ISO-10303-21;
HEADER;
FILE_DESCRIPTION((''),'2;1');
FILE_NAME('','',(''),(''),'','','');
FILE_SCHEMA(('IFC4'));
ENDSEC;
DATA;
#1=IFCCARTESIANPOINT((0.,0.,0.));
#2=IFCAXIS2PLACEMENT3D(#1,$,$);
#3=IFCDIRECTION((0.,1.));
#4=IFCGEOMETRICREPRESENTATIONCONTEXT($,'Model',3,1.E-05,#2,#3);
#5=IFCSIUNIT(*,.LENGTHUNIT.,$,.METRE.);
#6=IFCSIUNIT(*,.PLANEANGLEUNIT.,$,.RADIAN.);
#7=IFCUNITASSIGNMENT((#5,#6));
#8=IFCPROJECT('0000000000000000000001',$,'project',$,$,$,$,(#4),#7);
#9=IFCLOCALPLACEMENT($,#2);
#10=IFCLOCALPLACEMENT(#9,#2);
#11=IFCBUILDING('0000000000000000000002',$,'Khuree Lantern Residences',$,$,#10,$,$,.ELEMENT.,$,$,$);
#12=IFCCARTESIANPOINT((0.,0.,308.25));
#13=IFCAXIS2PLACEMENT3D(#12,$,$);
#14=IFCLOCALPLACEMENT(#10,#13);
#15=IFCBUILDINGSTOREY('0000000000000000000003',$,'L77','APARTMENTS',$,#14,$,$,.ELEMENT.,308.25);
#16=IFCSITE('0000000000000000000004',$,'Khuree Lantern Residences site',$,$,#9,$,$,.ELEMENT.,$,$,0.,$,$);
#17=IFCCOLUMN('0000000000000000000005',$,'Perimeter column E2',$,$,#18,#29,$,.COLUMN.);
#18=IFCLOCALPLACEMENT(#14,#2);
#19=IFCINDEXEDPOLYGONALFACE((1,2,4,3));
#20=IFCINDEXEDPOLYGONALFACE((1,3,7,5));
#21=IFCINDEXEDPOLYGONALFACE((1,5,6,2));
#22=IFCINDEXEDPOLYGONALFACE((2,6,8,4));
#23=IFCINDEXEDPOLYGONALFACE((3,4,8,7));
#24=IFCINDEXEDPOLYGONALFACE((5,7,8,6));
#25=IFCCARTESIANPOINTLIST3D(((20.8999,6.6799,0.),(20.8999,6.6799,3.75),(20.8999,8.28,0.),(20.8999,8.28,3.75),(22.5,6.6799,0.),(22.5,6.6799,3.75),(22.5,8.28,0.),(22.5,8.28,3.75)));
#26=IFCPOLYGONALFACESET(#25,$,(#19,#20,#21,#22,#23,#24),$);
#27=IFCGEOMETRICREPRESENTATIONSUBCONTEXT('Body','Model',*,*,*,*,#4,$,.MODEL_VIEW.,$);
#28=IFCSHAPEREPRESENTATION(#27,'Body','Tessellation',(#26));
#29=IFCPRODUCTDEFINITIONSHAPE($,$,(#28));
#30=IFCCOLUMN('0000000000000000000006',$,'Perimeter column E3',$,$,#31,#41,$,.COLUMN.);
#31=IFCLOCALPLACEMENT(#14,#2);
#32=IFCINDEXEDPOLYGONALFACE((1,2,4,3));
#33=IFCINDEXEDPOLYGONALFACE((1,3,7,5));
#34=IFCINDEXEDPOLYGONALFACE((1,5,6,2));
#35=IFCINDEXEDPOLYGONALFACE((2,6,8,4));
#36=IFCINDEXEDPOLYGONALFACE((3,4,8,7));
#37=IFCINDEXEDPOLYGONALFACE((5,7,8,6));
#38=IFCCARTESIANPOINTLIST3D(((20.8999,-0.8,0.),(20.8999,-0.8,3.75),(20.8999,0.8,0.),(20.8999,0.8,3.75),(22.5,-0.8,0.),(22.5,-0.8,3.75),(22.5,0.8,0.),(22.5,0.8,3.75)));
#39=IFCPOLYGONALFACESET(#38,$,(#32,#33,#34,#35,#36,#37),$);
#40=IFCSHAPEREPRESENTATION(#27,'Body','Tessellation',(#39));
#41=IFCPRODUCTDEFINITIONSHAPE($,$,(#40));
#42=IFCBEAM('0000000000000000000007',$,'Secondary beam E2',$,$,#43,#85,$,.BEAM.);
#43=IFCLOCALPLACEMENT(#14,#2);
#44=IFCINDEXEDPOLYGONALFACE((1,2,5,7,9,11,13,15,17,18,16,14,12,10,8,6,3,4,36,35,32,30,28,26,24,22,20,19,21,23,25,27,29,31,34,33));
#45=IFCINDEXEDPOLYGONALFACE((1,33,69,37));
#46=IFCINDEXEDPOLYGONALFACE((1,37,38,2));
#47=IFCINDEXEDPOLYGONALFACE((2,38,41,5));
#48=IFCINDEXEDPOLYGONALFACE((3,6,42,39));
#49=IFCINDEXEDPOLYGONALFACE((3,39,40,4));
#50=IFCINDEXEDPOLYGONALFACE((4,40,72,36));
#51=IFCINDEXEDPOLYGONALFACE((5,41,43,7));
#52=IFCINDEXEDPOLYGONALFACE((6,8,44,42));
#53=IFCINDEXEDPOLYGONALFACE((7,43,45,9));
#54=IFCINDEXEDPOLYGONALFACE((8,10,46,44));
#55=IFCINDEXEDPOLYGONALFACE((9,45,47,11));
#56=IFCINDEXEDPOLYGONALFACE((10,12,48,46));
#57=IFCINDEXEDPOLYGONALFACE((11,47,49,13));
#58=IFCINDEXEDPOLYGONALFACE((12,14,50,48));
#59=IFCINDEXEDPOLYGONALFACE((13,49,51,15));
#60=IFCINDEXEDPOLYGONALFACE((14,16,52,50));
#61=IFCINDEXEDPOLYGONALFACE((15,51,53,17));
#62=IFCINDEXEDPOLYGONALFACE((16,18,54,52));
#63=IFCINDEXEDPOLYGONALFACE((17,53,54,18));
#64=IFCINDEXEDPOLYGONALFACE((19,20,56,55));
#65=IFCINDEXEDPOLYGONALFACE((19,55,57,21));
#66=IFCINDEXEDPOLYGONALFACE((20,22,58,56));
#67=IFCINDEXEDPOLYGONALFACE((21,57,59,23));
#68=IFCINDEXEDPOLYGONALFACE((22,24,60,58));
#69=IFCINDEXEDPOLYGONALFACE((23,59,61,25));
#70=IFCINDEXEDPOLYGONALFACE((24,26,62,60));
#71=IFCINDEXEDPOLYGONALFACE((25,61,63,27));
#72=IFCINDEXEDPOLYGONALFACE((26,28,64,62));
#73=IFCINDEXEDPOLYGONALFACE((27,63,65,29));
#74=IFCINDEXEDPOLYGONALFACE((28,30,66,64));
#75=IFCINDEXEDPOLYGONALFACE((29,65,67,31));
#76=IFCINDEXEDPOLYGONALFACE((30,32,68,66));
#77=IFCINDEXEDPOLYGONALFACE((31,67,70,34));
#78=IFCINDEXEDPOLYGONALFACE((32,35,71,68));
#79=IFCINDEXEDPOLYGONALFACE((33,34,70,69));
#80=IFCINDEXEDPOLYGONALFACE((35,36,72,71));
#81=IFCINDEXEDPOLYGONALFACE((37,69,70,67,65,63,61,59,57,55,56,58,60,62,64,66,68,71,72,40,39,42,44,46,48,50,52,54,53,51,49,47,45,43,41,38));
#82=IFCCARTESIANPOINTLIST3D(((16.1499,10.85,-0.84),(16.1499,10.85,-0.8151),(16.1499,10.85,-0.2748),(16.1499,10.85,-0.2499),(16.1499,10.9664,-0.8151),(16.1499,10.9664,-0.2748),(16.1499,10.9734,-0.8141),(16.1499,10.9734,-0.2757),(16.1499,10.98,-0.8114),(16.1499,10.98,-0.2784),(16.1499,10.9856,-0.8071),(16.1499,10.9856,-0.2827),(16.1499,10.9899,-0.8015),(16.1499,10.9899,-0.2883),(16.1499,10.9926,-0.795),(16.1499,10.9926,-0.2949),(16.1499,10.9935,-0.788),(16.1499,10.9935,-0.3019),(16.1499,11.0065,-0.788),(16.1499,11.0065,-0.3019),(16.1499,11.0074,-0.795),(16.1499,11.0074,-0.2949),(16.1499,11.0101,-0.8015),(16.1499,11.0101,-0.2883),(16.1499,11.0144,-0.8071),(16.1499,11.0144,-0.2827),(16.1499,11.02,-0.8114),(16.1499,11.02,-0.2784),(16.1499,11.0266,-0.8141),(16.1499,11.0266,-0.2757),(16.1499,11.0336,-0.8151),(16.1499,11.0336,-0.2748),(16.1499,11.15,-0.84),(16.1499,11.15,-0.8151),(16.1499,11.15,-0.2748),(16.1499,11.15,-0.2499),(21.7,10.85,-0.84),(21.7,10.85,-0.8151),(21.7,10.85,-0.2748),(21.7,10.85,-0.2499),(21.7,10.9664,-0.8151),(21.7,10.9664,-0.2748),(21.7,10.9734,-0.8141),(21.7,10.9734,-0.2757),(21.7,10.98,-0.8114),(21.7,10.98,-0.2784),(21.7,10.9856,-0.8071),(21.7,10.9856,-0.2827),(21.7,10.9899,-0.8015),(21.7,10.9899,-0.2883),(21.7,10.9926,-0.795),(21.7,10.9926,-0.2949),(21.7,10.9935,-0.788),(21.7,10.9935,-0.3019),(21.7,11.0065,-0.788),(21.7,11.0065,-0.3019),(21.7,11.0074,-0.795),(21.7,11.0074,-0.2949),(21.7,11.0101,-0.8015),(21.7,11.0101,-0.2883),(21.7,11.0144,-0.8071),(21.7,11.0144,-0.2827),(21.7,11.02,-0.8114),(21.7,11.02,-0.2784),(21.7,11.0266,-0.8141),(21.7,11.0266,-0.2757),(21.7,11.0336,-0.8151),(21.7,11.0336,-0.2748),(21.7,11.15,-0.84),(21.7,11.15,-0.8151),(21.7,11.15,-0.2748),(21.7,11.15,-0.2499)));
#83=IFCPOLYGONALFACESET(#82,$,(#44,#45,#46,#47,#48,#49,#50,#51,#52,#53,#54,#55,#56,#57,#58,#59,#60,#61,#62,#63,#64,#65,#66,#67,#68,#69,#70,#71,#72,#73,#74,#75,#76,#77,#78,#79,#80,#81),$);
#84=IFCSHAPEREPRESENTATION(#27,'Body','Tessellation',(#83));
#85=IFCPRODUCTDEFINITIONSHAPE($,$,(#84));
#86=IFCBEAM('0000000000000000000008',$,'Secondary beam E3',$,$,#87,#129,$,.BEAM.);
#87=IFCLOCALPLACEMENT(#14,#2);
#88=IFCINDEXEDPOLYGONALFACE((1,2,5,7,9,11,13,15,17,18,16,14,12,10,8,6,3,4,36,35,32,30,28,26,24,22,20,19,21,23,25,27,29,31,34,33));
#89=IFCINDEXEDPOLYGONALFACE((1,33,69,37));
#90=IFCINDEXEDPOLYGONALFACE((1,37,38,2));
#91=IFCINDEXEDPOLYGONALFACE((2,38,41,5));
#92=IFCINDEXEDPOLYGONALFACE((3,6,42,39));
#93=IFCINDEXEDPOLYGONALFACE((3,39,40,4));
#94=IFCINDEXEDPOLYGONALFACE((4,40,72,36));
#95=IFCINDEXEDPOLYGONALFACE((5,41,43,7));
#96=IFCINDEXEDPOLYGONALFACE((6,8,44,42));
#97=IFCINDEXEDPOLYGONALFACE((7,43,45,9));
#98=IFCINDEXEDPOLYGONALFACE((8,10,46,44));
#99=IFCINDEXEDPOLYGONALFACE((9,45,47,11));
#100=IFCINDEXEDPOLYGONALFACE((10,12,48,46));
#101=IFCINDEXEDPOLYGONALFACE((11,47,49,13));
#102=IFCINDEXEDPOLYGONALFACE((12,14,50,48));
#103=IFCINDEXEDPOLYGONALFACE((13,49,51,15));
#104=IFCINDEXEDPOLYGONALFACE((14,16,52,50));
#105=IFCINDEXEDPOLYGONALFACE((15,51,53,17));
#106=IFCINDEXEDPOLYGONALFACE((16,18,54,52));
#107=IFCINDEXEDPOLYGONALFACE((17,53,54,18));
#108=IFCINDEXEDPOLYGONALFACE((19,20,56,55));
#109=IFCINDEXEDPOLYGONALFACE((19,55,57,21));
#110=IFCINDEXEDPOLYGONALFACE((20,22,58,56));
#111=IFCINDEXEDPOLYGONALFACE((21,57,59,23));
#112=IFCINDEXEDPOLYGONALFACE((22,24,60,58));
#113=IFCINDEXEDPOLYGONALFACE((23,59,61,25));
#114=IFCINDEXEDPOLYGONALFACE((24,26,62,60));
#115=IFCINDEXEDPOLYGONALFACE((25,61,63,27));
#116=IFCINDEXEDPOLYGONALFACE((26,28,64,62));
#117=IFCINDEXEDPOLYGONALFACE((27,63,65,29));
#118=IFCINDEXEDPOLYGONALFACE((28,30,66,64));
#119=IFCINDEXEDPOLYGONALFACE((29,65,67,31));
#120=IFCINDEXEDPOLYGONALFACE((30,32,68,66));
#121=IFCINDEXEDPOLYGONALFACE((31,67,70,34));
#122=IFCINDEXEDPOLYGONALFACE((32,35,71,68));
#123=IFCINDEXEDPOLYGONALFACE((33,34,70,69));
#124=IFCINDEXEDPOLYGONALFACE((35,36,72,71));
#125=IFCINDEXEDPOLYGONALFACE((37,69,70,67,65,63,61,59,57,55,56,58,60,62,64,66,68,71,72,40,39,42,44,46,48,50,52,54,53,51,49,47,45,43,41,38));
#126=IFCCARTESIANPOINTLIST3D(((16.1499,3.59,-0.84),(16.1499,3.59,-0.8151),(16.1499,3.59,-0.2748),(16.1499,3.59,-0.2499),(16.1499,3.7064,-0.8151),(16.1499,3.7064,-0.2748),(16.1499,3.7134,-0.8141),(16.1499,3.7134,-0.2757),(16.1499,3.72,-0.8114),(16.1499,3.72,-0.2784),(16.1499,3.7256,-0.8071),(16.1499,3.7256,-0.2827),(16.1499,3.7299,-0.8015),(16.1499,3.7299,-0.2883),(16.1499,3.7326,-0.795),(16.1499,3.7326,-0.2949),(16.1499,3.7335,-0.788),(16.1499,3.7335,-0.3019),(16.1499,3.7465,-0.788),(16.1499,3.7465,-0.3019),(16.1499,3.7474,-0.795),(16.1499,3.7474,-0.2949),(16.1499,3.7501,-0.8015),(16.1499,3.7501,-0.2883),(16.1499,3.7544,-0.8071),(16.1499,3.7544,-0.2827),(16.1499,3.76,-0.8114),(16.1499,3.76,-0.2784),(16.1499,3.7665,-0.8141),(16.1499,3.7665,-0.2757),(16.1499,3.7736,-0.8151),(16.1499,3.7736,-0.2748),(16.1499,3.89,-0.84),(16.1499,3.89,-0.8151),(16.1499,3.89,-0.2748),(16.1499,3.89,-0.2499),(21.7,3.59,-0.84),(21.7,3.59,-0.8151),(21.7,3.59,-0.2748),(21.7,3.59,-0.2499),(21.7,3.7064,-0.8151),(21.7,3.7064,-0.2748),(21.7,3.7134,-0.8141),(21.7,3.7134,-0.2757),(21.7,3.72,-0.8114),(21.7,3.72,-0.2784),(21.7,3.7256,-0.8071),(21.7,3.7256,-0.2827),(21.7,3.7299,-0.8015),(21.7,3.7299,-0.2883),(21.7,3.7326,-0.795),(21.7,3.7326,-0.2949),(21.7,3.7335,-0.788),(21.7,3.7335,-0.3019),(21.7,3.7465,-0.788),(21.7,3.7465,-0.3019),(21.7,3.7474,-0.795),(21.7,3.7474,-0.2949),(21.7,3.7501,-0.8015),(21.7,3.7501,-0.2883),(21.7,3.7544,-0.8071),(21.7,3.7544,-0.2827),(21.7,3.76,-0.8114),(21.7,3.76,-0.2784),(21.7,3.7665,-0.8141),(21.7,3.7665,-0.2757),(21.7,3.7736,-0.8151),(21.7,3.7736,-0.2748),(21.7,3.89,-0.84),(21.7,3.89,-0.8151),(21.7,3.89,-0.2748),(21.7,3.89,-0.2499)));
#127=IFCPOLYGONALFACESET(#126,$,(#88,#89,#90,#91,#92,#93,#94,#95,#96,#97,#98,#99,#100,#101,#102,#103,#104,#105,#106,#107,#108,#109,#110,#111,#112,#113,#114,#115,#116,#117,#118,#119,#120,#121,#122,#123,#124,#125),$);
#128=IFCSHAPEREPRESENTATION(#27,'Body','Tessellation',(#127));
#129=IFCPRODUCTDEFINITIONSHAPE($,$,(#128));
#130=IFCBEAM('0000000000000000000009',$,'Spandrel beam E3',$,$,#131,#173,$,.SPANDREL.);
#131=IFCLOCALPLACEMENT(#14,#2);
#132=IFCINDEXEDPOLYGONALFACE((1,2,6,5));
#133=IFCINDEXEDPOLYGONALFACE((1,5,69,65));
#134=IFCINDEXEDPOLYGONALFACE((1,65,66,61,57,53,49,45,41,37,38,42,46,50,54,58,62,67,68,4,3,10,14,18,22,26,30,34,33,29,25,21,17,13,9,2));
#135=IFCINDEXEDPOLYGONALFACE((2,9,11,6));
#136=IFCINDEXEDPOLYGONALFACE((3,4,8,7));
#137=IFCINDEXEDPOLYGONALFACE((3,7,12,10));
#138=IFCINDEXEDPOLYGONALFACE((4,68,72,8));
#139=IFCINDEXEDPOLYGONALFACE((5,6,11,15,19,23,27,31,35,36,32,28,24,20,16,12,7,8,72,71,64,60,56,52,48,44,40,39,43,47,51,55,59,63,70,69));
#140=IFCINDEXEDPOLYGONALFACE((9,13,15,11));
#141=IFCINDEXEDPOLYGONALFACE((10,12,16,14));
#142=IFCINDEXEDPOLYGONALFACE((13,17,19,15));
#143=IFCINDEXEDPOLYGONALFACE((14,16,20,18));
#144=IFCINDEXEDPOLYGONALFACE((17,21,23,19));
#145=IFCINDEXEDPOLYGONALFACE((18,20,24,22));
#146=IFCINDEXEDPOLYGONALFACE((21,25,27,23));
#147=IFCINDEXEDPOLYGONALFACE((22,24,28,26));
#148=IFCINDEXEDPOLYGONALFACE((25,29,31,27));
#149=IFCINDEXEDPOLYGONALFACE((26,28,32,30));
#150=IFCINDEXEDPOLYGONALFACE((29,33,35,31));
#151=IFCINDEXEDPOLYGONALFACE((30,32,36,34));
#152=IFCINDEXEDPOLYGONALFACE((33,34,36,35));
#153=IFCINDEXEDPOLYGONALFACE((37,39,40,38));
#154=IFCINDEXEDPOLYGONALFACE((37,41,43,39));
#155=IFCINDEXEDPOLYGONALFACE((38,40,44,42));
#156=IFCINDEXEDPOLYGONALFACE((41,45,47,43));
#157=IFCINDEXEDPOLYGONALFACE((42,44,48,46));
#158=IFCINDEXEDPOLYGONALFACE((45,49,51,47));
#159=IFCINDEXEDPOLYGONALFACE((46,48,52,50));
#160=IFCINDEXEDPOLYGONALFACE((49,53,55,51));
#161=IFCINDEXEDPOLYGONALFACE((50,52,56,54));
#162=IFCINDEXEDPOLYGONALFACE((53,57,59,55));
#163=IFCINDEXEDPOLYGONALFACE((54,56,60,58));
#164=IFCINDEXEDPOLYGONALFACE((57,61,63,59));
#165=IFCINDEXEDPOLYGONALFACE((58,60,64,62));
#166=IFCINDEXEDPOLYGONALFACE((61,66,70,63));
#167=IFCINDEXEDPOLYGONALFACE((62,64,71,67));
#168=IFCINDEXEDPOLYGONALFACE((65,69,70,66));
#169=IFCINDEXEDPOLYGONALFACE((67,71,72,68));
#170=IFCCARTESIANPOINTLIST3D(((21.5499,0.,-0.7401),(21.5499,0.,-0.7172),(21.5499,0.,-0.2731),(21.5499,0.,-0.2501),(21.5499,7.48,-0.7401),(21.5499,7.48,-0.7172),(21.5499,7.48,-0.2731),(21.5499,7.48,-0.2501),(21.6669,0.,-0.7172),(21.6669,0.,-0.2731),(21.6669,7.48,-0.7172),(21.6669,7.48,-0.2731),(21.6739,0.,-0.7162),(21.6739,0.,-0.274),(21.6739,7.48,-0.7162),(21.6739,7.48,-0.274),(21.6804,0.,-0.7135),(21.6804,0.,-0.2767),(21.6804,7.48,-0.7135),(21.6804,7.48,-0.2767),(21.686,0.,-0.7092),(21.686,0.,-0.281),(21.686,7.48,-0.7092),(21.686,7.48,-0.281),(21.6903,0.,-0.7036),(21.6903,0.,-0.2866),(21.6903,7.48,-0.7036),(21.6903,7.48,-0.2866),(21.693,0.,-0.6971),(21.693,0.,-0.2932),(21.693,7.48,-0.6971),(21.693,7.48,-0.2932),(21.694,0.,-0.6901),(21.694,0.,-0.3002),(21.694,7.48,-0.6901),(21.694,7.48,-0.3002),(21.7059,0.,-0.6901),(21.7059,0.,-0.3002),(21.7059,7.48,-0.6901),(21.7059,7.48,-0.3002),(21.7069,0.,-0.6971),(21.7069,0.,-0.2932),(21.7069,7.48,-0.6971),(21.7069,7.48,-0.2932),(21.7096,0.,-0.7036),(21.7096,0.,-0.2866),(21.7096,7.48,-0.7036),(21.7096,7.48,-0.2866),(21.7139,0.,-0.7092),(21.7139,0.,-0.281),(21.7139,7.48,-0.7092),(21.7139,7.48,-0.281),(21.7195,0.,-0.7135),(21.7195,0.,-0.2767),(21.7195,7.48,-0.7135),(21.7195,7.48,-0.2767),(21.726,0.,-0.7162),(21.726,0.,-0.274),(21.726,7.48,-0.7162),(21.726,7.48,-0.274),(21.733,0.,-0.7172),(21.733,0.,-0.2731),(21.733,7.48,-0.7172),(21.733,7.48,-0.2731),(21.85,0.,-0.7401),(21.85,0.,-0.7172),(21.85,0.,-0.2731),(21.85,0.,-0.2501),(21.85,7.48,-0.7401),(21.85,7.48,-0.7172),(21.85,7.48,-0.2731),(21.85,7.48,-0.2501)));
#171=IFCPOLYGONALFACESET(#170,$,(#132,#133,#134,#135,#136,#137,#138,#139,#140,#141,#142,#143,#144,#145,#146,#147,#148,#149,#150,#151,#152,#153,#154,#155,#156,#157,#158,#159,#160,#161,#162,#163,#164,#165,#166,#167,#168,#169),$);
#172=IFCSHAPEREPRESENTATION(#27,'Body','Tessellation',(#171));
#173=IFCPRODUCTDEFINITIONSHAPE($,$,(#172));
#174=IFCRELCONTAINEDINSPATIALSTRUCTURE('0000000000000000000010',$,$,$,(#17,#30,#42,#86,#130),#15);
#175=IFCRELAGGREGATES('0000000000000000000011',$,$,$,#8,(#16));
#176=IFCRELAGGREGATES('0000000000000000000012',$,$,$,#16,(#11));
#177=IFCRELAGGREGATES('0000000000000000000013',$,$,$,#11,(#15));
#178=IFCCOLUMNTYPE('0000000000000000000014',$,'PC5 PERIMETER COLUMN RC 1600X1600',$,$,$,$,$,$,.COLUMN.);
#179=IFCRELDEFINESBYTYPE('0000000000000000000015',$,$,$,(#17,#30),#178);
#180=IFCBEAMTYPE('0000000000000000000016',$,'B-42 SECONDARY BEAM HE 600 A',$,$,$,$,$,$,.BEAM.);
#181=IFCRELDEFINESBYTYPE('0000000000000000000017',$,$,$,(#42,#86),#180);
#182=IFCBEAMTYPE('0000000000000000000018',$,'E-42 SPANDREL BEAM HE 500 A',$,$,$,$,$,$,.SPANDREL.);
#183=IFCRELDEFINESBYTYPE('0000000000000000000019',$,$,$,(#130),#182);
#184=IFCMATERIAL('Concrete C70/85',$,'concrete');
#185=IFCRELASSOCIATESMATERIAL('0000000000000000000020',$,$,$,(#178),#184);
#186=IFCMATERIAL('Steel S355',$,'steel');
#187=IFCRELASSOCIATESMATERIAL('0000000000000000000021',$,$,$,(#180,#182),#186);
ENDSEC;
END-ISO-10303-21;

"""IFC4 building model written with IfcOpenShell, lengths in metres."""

from ifc_helpers import new_model, si_unit, direction, frame, origin, origin_2d, place, context, subcontext, project, spatial, rectangle, i_section, extrude, material, material_profile, profile_set, type_object, element, save


model = new_model("IFC4")

# Units and contexts
model_context = context("Model", 3, precision=1e-05, world=origin(), true_north=direction((0.0, 1.0)))
body_context = subcontext(model_context, "Body", "Model", "MODEL_VIEW")
ifc_project = project(units=[si_unit("LENGTHUNIT", "METRE"), si_unit("PLANEANGLEUNIT", "RADIAN")], contexts=[model_context])

# Site, building, storey
site_placement = place(None, origin())
site = spatial("IfcSite", under=ifc_project, at=site_placement, Name="Khuree Lantern Residences site", CompositionType="ELEMENT", RefElevation=0.0)
building_placement = place(site_placement, origin())
building = spatial("IfcBuilding", under=site, at=building_placement, Name="Khuree Lantern Residences", CompositionType="ELEMENT")
storey_placement = place(building_placement, frame((0.0, 0.0, 308.25)))
storey = spatial("IfcBuildingStorey", under=building, at=storey_placement, Name="L77", Description="APARTMENTS", CompositionType="ELEMENT", Elevation=308.25)

# Columns
ifc_material_1 = material(Name="Concrete C70/85", Category="concrete")
ifc_material_profile_1 = material_profile(ifc_material_1, rectangle(XDim=1.6001, YDim=1.6001, at=origin_2d()), Name="RC 1600X1600")
ifc_profile_set_1 = profile_set([ifc_material_profile_1], Name="Concrete C70/85")
column_type = type_object("IfcColumnType", Name="PC5 PERIMETER COLUMN RC 1600X1600", PredefinedType="COLUMN", material=ifc_profile_set_1)
for number, where, z_axis, x_axis, name in (
    (1, (21.7, 7.48, 0.0), (0.0, 0.0, 1.0), (0.0, 1.0, 0.0), "Perimeter column E2"),
    (2, (21.7, 0.0, 0.0), (0.0, 0.0, 1.0), (0.0, 1.0, 0.0), "Perimeter column E3"),
):
    element("IfcColumn", number, at=place(storey_placement, frame(where, z_axis=z_axis, x_axis=x_axis)), inside=storey, type_object=column_type, Name=name, PredefinedType="COLUMN", context=body_context, shape_type="SweptSolid", body=[
        extrude(rectangle(XDim=1.6001, YDim=1.6001, at=origin_2d()), origin(), (0.0, 0.0, 1.0), 3.75),
    ])

# Beams
ifc_material_2 = material(Name="Steel S355", Category="steel")
ifc_material_profile_2 = material_profile(ifc_material_2, i_section(OverallWidth=0.3, OverallDepth=0.5901, WebThickness=0.0129, FlangeThickness=0.0249, FilletRadius=0.0271, at=origin_2d()), Name="HE 600 A")
ifc_profile_set_2 = profile_set([ifc_material_profile_2], Name="Steel S355")
beam_type_1 = type_object("IfcBeamType", Name="B-42 SECONDARY BEAM HE 600 A", PredefinedType="BEAM", material=ifc_profile_set_2)
for number, where, z_axis, x_axis, name in (
    (3, (21.7, 11.0, -0.5449), (-1.0, 0.0, 0.0), (0.0, -1.0, 0.0), "Secondary beam E2"),
    (4, (21.7, 3.74, -0.5449), (-1.0, 0.0, 0.0), (0.0, -1.0, 0.0), "Secondary beam E3"),
):
    element("IfcBeam", number, at=place(storey_placement, frame(where, z_axis=z_axis, x_axis=x_axis)), inside=storey, type_object=beam_type_1, Name=name, PredefinedType="BEAM", context=body_context, shape_type="SweptSolid", body=[
        extrude(i_section(OverallWidth=0.3, OverallDepth=0.5901, WebThickness=0.0129, FlangeThickness=0.0249, FilletRadius=0.0271, at=origin_2d()), origin(), (0.0, 0.0, 1.0), 5.55),
    ])
ifc_material_profile_3 = material_profile(ifc_material_2, i_section(OverallWidth=0.3, OverallDepth=0.49, WebThickness=0.012, FlangeThickness=0.0229, FilletRadius=0.0271, at=origin_2d()), Name="HE 500 A")
ifc_profile_set_3 = profile_set([ifc_material_profile_3], Name="Steel S355")
beam_type_2 = type_object("IfcBeamType", Name="E-42 SPANDREL BEAM HE 500 A", PredefinedType="SPANDREL", material=ifc_profile_set_3)
for number, where, z_axis, x_axis, name in (
    (5, (21.7, 7.48, -0.4951), (0.0, -1.0, 0.0), (1.0, 0.0, 0.0), "Spandrel beam E3"),
):
    element("IfcBeam", number, at=place(storey_placement, frame(where, z_axis=z_axis, x_axis=x_axis)), inside=storey, type_object=beam_type_2, Name=name, PredefinedType="SPANDREL", context=body_context, shape_type="SweptSolid", body=[
        extrude(i_section(OverallWidth=0.3, OverallDepth=0.49, WebThickness=0.012, FlangeThickness=0.0229, FilletRadius=0.0271, at=origin_2d()), origin(), (0.0, 0.0, 1.0), 7.48),
    ])

save(model, "model.ifc")
